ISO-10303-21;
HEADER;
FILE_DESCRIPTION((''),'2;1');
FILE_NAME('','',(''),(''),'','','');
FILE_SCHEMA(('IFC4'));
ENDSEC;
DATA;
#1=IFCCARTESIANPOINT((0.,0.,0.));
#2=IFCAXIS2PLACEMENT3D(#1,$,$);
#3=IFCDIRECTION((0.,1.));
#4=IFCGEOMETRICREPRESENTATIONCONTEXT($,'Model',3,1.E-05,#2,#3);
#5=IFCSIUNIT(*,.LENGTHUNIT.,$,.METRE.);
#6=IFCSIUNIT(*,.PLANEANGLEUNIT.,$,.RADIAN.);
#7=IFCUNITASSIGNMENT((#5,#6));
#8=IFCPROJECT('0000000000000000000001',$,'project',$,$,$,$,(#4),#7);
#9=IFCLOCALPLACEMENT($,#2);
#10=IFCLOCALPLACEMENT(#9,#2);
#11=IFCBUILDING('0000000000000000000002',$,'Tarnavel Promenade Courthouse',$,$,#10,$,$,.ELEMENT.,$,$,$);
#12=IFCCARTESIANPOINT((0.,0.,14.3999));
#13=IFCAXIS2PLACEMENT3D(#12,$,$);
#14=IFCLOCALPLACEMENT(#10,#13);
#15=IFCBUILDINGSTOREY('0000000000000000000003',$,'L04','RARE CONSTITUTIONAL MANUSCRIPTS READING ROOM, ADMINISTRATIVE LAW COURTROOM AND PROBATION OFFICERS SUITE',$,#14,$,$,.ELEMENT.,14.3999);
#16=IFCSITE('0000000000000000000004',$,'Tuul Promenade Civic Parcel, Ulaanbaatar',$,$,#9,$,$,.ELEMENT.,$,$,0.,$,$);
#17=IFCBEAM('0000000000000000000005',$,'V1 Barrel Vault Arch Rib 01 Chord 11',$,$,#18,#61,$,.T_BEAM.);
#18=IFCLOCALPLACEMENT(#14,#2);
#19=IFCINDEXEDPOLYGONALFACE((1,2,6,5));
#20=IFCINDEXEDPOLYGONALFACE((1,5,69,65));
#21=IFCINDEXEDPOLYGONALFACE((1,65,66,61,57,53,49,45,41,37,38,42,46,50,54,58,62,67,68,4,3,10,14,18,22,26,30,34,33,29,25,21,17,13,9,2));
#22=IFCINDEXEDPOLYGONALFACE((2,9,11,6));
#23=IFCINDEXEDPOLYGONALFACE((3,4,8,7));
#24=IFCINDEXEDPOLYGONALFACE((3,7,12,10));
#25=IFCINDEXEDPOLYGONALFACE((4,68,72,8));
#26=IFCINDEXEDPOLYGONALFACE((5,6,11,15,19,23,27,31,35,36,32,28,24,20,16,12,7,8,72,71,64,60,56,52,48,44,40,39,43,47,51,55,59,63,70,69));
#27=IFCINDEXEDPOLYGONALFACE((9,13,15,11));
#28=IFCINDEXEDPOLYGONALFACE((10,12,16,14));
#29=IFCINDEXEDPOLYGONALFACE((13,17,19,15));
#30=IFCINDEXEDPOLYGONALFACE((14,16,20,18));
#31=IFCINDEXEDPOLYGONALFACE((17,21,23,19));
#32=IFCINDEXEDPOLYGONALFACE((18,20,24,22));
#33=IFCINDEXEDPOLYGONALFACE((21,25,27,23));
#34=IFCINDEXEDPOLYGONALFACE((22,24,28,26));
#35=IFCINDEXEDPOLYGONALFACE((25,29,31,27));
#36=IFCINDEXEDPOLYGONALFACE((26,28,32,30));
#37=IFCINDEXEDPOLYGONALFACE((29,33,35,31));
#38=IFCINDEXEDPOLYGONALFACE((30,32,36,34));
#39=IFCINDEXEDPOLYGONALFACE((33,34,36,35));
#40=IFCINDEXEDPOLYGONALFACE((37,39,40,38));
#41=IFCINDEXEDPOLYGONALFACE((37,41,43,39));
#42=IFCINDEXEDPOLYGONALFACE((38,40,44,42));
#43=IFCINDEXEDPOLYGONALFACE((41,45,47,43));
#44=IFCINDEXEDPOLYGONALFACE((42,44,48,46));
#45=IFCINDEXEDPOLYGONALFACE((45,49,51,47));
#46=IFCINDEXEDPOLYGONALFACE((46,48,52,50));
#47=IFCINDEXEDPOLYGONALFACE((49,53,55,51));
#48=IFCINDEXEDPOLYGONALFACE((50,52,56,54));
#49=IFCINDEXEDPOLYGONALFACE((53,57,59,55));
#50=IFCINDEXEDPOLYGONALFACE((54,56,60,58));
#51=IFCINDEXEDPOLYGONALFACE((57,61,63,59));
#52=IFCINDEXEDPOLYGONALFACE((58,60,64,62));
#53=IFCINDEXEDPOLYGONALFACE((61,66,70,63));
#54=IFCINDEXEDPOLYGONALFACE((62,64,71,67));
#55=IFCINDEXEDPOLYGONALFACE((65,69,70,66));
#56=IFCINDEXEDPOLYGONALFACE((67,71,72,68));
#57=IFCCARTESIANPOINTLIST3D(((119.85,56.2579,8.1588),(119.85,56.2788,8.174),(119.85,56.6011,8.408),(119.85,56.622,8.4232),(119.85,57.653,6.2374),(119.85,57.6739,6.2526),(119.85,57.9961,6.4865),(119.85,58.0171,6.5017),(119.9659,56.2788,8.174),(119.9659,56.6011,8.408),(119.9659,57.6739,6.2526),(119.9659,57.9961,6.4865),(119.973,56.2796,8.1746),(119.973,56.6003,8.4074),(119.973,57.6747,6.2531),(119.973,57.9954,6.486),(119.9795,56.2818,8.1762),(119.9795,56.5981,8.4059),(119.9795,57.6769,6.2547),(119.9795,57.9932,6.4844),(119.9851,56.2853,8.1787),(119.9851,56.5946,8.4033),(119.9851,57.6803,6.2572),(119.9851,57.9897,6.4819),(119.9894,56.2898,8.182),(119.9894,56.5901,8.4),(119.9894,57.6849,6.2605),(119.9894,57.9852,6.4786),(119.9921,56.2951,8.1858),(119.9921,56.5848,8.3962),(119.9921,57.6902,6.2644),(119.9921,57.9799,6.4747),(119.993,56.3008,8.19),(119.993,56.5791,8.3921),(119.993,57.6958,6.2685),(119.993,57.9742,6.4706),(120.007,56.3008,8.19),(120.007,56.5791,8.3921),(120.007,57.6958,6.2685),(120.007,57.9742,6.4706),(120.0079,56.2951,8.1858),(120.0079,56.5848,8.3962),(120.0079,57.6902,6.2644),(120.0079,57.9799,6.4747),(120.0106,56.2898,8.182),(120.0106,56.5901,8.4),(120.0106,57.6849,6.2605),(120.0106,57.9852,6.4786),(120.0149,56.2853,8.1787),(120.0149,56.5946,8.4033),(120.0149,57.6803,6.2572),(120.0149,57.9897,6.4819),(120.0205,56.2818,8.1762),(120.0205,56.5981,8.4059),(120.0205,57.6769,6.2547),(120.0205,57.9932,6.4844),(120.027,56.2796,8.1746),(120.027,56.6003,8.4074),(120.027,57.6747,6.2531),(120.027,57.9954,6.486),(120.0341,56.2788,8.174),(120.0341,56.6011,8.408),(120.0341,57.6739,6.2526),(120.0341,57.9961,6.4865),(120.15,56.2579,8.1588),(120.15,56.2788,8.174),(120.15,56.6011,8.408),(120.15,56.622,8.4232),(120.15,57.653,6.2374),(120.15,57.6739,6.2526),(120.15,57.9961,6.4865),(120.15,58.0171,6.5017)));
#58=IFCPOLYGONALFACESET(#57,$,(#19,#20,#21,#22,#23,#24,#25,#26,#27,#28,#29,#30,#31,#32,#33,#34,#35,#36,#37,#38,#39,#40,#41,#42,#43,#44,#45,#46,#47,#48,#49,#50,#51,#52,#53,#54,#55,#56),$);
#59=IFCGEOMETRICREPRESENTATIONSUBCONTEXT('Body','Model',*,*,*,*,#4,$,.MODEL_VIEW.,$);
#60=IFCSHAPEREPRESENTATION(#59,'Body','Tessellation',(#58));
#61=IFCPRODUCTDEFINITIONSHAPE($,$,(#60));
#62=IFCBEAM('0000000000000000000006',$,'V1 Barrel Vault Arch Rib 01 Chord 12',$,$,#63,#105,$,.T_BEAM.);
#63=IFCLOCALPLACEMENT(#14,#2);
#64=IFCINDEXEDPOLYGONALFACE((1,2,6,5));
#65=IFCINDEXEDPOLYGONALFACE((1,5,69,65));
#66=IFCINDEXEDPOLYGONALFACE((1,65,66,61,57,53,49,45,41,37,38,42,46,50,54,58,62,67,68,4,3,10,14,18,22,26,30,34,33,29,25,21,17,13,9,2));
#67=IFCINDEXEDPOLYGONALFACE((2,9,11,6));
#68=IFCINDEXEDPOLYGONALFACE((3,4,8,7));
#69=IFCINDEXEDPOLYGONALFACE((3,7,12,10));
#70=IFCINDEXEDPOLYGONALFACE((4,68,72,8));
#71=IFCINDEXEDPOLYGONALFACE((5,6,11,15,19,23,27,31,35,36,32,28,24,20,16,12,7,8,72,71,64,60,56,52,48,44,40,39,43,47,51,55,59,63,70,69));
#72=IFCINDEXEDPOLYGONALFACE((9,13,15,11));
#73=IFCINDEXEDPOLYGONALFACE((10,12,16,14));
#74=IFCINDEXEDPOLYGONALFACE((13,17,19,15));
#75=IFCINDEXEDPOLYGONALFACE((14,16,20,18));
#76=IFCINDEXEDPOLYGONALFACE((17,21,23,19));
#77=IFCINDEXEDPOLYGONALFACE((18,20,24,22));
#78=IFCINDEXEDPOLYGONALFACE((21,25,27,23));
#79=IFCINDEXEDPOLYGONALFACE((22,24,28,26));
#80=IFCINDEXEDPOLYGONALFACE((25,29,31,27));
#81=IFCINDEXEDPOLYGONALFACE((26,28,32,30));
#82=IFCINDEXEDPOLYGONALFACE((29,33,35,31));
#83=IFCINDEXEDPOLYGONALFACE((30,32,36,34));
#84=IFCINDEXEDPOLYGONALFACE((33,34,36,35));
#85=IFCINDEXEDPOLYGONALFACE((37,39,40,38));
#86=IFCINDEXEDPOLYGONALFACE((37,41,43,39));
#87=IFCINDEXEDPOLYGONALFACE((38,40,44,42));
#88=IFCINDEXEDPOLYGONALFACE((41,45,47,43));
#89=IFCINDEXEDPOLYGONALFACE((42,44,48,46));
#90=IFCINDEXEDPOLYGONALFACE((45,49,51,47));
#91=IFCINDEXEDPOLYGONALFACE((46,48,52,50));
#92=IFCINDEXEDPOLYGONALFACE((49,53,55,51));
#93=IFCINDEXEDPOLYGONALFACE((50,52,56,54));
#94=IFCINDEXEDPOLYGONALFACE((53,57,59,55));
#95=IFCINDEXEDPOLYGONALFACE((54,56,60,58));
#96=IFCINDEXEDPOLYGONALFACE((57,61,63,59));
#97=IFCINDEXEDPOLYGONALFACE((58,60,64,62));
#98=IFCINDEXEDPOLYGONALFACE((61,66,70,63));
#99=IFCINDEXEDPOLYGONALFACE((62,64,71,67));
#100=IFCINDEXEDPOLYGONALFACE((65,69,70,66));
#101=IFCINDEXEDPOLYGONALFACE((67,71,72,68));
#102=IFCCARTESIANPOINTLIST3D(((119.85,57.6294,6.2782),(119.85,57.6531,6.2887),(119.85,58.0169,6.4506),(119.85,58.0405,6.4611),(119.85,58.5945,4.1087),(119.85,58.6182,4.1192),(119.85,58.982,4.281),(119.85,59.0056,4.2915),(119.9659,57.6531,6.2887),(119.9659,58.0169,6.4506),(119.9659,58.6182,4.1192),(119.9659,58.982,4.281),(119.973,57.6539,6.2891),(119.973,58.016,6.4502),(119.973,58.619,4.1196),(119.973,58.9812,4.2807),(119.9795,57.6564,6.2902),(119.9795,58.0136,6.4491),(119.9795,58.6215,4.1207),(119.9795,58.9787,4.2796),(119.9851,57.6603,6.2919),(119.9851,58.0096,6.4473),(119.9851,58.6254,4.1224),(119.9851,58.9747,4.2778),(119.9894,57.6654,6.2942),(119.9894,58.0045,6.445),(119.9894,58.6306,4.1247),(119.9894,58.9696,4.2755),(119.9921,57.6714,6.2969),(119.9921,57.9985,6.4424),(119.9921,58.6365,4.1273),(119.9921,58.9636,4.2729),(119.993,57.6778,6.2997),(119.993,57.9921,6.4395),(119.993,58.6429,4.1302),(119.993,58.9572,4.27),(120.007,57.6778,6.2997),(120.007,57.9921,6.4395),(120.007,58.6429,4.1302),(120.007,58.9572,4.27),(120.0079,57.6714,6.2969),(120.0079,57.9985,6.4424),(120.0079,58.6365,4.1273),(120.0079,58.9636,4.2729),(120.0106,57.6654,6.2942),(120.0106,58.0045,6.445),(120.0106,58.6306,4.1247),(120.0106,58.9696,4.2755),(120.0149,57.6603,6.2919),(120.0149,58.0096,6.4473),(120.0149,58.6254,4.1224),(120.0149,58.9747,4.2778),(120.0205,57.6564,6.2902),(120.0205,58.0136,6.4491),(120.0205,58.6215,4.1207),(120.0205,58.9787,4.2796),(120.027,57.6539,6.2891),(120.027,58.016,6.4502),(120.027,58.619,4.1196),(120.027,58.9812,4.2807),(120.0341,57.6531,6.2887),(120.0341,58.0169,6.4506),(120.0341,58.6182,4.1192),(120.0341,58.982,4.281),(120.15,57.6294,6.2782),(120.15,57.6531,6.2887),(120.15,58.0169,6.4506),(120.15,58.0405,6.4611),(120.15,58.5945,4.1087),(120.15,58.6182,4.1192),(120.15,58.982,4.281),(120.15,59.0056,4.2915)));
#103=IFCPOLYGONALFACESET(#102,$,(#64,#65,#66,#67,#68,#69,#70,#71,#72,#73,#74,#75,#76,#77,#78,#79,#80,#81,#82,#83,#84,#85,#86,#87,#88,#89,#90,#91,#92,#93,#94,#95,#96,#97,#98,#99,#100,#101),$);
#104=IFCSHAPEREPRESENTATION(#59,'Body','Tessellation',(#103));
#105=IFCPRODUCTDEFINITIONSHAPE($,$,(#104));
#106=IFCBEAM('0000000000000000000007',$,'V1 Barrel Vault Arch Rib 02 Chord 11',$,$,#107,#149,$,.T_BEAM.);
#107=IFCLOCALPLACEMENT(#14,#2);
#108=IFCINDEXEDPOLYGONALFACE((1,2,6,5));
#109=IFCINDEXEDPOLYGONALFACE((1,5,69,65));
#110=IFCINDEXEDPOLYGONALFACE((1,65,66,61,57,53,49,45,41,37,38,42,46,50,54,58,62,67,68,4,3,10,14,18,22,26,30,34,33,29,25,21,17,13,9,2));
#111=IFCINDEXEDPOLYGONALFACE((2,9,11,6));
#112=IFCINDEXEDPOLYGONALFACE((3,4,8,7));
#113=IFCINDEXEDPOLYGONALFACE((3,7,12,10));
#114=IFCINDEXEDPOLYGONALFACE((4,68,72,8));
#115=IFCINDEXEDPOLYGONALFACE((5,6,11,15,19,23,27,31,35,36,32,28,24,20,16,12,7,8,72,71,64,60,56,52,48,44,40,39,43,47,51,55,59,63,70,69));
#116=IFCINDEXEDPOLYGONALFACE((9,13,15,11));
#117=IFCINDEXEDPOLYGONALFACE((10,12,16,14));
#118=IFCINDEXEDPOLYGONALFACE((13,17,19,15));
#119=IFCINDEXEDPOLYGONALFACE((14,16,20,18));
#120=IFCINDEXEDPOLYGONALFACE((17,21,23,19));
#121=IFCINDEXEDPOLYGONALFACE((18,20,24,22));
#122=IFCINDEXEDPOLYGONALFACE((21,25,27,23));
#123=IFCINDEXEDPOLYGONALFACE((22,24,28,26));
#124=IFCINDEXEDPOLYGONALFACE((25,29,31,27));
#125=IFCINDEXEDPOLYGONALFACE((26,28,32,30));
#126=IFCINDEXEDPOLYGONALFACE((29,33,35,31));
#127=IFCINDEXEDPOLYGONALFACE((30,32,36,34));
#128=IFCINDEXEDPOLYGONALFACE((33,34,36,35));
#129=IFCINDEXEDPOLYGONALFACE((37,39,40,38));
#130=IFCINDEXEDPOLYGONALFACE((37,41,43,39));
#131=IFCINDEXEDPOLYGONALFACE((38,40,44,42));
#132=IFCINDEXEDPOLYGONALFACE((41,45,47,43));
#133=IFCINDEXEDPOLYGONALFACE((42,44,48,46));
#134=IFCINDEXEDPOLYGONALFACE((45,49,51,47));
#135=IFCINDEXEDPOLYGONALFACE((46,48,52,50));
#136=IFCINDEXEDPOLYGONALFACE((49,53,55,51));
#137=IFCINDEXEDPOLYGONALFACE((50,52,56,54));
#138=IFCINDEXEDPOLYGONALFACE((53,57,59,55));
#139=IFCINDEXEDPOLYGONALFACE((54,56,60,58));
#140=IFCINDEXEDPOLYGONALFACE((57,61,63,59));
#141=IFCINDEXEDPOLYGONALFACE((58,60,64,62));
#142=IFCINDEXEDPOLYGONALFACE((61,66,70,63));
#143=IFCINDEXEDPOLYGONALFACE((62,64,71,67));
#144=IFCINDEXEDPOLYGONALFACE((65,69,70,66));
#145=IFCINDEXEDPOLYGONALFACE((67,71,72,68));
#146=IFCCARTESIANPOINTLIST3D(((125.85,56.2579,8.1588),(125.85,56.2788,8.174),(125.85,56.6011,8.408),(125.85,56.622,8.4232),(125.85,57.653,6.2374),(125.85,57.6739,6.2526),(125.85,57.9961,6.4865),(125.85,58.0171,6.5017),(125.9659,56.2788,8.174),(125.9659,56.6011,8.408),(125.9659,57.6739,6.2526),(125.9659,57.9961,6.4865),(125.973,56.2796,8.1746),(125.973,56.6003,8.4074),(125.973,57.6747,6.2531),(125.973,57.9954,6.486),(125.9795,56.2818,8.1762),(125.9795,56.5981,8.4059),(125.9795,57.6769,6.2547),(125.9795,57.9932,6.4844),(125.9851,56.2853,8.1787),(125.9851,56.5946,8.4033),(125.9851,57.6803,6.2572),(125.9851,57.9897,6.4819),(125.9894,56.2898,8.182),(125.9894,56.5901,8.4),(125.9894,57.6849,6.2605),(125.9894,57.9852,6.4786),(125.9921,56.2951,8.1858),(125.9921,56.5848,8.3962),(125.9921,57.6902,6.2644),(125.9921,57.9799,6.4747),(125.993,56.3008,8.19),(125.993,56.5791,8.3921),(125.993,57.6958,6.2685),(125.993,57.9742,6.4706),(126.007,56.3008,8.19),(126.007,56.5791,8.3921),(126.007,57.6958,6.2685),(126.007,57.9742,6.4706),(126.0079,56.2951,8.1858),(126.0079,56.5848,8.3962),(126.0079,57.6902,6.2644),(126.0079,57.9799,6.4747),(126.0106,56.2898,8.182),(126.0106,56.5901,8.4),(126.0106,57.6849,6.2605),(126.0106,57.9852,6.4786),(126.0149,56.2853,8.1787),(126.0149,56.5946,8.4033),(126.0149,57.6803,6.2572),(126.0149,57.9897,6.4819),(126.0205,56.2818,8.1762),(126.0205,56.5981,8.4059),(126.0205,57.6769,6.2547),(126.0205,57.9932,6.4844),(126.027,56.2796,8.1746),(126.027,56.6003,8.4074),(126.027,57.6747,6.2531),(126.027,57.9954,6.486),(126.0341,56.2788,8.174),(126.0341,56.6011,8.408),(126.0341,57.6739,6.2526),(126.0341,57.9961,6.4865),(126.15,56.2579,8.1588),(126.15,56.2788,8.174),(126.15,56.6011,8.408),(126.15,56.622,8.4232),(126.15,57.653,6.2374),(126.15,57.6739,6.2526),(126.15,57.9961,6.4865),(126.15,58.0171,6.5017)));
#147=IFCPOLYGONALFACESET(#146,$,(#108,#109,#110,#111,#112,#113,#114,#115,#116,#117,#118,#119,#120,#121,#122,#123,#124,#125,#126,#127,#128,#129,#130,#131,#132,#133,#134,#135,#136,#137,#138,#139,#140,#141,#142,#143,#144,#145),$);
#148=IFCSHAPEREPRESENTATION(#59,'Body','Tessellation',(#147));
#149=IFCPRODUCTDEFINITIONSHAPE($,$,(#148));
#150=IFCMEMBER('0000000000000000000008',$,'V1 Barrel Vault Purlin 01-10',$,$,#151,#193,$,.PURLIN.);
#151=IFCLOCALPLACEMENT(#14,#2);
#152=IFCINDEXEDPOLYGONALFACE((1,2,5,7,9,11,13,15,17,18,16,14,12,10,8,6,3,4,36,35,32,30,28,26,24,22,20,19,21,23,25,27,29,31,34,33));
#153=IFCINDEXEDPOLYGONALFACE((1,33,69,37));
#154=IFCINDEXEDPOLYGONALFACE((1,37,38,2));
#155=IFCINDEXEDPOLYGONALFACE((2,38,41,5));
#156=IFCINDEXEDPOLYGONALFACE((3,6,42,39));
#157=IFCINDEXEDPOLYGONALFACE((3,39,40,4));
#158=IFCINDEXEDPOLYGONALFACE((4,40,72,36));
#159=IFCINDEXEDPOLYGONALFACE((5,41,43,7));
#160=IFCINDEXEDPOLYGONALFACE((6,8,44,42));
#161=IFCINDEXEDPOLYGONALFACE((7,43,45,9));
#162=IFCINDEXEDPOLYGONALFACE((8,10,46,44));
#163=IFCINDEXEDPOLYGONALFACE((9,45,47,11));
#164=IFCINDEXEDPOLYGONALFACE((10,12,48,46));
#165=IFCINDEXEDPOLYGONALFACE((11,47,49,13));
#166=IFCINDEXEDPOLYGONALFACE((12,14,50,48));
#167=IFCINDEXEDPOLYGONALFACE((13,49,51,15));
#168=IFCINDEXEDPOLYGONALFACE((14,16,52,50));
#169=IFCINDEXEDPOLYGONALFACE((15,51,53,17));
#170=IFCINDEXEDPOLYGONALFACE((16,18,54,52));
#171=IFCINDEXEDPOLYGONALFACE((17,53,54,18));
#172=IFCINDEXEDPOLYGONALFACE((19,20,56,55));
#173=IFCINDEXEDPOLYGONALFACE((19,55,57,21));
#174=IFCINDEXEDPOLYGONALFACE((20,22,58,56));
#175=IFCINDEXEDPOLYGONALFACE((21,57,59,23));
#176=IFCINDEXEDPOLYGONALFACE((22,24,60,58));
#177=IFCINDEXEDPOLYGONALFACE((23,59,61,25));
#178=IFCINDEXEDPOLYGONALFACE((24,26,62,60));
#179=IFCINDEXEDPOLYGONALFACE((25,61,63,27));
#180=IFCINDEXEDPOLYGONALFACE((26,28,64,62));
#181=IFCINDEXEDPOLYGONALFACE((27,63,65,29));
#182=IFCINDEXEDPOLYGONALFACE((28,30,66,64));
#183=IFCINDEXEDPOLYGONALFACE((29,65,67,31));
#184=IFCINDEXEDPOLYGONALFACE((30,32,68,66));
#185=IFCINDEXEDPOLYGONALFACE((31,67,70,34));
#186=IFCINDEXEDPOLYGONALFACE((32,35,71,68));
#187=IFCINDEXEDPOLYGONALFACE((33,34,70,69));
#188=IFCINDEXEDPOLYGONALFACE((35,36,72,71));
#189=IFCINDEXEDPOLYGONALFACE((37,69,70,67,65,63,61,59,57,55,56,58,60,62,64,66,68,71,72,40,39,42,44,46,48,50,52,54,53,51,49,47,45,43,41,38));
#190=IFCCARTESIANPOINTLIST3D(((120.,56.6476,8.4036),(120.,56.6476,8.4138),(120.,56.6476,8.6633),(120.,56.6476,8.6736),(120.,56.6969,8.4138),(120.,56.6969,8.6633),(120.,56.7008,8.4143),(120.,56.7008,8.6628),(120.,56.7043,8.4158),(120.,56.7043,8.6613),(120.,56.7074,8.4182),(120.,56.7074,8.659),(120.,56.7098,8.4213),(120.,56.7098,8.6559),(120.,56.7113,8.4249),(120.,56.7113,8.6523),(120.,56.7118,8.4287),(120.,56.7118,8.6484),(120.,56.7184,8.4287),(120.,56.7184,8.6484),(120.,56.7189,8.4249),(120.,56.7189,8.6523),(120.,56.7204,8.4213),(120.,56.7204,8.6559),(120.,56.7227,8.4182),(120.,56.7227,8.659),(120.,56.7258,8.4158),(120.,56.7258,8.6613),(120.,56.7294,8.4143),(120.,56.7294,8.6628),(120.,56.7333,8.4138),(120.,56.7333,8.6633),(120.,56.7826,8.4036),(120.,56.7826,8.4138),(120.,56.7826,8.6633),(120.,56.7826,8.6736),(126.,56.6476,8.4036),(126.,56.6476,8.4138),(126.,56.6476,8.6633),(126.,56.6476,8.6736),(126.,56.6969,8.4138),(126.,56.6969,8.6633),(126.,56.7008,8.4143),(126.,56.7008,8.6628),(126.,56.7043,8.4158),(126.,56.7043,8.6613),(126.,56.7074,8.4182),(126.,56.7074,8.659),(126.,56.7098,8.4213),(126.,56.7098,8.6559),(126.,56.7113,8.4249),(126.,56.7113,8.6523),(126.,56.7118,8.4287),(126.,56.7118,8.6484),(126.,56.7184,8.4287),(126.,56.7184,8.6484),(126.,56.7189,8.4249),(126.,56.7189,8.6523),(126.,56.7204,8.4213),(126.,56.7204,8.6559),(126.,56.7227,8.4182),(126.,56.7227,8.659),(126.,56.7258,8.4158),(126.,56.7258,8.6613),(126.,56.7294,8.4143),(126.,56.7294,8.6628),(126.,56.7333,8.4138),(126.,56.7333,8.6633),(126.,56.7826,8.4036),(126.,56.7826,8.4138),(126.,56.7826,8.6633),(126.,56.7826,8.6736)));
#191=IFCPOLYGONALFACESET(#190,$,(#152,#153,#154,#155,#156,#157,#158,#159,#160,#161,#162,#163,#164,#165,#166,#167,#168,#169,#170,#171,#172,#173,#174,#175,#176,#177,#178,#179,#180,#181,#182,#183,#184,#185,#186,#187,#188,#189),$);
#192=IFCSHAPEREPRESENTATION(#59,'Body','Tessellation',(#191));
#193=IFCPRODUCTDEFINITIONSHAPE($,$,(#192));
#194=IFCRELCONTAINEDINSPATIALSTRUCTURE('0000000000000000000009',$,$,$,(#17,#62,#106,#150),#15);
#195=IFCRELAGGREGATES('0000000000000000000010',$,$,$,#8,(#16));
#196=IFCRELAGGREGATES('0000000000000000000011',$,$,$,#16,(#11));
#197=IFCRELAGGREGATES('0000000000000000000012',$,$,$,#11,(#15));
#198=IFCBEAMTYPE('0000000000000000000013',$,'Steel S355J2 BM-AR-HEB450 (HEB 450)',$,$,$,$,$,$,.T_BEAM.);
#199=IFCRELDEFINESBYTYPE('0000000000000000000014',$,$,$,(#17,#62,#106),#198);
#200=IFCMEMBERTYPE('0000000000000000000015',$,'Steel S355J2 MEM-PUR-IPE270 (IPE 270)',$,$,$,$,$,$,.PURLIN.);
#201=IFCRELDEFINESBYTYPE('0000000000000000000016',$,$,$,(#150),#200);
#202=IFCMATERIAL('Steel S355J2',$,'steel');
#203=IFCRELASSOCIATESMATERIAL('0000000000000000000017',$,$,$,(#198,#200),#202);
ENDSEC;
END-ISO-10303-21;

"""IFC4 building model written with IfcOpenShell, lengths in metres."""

from ifc_helpers import new_model, si_unit, direction, frame, origin, origin_2d, place, context, subcontext, project, spatial, i_section, extrude, material, material_profile, profile_set, type_object, element, save


model = new_model("IFC4")

# Units and contexts
model_context = context("Model", 3, precision=1e-05, world=origin(), true_north=direction((0.0, 1.0)))
body_context = subcontext(model_context, "Body", "Model", "MODEL_VIEW")
ifc_project = project(units=[si_unit("LENGTHUNIT", "METRE"), si_unit("PLANEANGLEUNIT", "RADIAN")], contexts=[model_context])

# Site, building, storey
site_placement = place(None, origin())
site = spatial("IfcSite", under=ifc_project, at=site_placement, Name="Tuul Promenade Civic Parcel, Ulaanbaatar", CompositionType="ELEMENT", RefElevation=0.0)
building_placement = place(site_placement, origin())
building = spatial("IfcBuilding", under=site, at=building_placement, Name="Tarnavel Promenade Courthouse", CompositionType="ELEMENT")
storey_placement = place(building_placement, frame((0.0, 0.0, 14.3999)))
storey = spatial("IfcBuildingStorey", under=building, at=storey_placement, Name="L04", Description="RARE CONSTITUTIONAL MANUSCRIPTS READING ROOM, ADMINISTRATIVE LAW COURTROOM AND PROBATION OFFICERS SUITE", CompositionType="ELEMENT", Elevation=14.3999)

# Beams
ifc_material_1 = material(Name="Steel S355J2", Category="steel")
ifc_material_profile_1 = material_profile(ifc_material_1, i_section(OverallWidth=0.3, OverallDepth=0.45, WebThickness=0.0139, FlangeThickness=0.0259, FilletRadius=0.0271, at=origin_2d()), Name="HEB 450")
ifc_profile_set_1 = profile_set([ifc_material_profile_1], Name="Steel S355J2")
beam_type = type_object("IfcBeamType", Name="Steel S355J2 BM-AR-HEB450 (HEB 450)", PredefinedType="T_BEAM", material=ifc_profile_set_1)
for number, where, z_axis, x_axis, name in (
    (1, (120.0, 56.4399, 8.291), (0.0, 0.587523, -0.809207), (-1.0, 0.0, 0.0), "V1 Barrel Vault Arch Rib 01 Chord 11"),
    (2, (120.0, 57.835, 6.3696), (0.0, 0.406453, -0.913672), (-1.0, 0.0, 0.0), "V1 Barrel Vault Arch Rib 01 Chord 12"),
    (3, (126.0, 56.4399, 8.291), (0.0, 0.587523, -0.809207), (-1.0, 0.0, 0.0), "V1 Barrel Vault Arch Rib 02 Chord 11"),
):
    element("IfcBeam", number, at=place(storey_placement, frame(where, z_axis=z_axis, x_axis=x_axis)), inside=storey, type_object=beam_type, Name=name, PredefinedType="T_BEAM", context=body_context, shape_type="SweptSolid", body=[
        extrude(i_section(OverallWidth=0.3, OverallDepth=0.45, WebThickness=0.0139, FlangeThickness=0.0259, FilletRadius=0.0271, at=origin_2d()), origin(), (0.0, 0.0, 1.0), 2.3745),
    ])

# Member
ifc_material_profile_2 = material_profile(ifc_material_1, i_section(OverallWidth=0.135, OverallDepth=0.27, WebThickness=0.0066, FlangeThickness=0.0103, FilletRadius=0.0149, at=origin_2d()), Name="IPE 270")
ifc_profile_set_2 = profile_set([ifc_material_profile_2], Name="Steel S355J2")
member_type_1 = type_object("IfcMemberType", Name="Steel S355J2 MEM-PUR-IPE270 (IPE 270)", PredefinedType="PURLIN", material=ifc_profile_set_2)
for number, where, z_axis, x_axis, name in (
    (4, (120.0, 56.7151, 8.5386), (1.0, 0.0, 0.0), (0.0, 1.0, 0.0), "V1 Barrel Vault Purlin 01-10"),
):
    element("IfcMember", number, at=place(storey_placement, frame(where, z_axis=z_axis, x_axis=x_axis)), inside=storey, type_object=member_type_1, Name=name, PredefinedType="PURLIN", context=body_context, shape_type="SweptSolid", body=[
        extrude(i_section(OverallWidth=0.135, OverallDepth=0.27, WebThickness=0.0066, FlangeThickness=0.0103, FilletRadius=0.0149, at=origin_2d()), origin(), (0.0, 0.0, 1.0), 6.0),
    ])

save(model, "model.ifc")
